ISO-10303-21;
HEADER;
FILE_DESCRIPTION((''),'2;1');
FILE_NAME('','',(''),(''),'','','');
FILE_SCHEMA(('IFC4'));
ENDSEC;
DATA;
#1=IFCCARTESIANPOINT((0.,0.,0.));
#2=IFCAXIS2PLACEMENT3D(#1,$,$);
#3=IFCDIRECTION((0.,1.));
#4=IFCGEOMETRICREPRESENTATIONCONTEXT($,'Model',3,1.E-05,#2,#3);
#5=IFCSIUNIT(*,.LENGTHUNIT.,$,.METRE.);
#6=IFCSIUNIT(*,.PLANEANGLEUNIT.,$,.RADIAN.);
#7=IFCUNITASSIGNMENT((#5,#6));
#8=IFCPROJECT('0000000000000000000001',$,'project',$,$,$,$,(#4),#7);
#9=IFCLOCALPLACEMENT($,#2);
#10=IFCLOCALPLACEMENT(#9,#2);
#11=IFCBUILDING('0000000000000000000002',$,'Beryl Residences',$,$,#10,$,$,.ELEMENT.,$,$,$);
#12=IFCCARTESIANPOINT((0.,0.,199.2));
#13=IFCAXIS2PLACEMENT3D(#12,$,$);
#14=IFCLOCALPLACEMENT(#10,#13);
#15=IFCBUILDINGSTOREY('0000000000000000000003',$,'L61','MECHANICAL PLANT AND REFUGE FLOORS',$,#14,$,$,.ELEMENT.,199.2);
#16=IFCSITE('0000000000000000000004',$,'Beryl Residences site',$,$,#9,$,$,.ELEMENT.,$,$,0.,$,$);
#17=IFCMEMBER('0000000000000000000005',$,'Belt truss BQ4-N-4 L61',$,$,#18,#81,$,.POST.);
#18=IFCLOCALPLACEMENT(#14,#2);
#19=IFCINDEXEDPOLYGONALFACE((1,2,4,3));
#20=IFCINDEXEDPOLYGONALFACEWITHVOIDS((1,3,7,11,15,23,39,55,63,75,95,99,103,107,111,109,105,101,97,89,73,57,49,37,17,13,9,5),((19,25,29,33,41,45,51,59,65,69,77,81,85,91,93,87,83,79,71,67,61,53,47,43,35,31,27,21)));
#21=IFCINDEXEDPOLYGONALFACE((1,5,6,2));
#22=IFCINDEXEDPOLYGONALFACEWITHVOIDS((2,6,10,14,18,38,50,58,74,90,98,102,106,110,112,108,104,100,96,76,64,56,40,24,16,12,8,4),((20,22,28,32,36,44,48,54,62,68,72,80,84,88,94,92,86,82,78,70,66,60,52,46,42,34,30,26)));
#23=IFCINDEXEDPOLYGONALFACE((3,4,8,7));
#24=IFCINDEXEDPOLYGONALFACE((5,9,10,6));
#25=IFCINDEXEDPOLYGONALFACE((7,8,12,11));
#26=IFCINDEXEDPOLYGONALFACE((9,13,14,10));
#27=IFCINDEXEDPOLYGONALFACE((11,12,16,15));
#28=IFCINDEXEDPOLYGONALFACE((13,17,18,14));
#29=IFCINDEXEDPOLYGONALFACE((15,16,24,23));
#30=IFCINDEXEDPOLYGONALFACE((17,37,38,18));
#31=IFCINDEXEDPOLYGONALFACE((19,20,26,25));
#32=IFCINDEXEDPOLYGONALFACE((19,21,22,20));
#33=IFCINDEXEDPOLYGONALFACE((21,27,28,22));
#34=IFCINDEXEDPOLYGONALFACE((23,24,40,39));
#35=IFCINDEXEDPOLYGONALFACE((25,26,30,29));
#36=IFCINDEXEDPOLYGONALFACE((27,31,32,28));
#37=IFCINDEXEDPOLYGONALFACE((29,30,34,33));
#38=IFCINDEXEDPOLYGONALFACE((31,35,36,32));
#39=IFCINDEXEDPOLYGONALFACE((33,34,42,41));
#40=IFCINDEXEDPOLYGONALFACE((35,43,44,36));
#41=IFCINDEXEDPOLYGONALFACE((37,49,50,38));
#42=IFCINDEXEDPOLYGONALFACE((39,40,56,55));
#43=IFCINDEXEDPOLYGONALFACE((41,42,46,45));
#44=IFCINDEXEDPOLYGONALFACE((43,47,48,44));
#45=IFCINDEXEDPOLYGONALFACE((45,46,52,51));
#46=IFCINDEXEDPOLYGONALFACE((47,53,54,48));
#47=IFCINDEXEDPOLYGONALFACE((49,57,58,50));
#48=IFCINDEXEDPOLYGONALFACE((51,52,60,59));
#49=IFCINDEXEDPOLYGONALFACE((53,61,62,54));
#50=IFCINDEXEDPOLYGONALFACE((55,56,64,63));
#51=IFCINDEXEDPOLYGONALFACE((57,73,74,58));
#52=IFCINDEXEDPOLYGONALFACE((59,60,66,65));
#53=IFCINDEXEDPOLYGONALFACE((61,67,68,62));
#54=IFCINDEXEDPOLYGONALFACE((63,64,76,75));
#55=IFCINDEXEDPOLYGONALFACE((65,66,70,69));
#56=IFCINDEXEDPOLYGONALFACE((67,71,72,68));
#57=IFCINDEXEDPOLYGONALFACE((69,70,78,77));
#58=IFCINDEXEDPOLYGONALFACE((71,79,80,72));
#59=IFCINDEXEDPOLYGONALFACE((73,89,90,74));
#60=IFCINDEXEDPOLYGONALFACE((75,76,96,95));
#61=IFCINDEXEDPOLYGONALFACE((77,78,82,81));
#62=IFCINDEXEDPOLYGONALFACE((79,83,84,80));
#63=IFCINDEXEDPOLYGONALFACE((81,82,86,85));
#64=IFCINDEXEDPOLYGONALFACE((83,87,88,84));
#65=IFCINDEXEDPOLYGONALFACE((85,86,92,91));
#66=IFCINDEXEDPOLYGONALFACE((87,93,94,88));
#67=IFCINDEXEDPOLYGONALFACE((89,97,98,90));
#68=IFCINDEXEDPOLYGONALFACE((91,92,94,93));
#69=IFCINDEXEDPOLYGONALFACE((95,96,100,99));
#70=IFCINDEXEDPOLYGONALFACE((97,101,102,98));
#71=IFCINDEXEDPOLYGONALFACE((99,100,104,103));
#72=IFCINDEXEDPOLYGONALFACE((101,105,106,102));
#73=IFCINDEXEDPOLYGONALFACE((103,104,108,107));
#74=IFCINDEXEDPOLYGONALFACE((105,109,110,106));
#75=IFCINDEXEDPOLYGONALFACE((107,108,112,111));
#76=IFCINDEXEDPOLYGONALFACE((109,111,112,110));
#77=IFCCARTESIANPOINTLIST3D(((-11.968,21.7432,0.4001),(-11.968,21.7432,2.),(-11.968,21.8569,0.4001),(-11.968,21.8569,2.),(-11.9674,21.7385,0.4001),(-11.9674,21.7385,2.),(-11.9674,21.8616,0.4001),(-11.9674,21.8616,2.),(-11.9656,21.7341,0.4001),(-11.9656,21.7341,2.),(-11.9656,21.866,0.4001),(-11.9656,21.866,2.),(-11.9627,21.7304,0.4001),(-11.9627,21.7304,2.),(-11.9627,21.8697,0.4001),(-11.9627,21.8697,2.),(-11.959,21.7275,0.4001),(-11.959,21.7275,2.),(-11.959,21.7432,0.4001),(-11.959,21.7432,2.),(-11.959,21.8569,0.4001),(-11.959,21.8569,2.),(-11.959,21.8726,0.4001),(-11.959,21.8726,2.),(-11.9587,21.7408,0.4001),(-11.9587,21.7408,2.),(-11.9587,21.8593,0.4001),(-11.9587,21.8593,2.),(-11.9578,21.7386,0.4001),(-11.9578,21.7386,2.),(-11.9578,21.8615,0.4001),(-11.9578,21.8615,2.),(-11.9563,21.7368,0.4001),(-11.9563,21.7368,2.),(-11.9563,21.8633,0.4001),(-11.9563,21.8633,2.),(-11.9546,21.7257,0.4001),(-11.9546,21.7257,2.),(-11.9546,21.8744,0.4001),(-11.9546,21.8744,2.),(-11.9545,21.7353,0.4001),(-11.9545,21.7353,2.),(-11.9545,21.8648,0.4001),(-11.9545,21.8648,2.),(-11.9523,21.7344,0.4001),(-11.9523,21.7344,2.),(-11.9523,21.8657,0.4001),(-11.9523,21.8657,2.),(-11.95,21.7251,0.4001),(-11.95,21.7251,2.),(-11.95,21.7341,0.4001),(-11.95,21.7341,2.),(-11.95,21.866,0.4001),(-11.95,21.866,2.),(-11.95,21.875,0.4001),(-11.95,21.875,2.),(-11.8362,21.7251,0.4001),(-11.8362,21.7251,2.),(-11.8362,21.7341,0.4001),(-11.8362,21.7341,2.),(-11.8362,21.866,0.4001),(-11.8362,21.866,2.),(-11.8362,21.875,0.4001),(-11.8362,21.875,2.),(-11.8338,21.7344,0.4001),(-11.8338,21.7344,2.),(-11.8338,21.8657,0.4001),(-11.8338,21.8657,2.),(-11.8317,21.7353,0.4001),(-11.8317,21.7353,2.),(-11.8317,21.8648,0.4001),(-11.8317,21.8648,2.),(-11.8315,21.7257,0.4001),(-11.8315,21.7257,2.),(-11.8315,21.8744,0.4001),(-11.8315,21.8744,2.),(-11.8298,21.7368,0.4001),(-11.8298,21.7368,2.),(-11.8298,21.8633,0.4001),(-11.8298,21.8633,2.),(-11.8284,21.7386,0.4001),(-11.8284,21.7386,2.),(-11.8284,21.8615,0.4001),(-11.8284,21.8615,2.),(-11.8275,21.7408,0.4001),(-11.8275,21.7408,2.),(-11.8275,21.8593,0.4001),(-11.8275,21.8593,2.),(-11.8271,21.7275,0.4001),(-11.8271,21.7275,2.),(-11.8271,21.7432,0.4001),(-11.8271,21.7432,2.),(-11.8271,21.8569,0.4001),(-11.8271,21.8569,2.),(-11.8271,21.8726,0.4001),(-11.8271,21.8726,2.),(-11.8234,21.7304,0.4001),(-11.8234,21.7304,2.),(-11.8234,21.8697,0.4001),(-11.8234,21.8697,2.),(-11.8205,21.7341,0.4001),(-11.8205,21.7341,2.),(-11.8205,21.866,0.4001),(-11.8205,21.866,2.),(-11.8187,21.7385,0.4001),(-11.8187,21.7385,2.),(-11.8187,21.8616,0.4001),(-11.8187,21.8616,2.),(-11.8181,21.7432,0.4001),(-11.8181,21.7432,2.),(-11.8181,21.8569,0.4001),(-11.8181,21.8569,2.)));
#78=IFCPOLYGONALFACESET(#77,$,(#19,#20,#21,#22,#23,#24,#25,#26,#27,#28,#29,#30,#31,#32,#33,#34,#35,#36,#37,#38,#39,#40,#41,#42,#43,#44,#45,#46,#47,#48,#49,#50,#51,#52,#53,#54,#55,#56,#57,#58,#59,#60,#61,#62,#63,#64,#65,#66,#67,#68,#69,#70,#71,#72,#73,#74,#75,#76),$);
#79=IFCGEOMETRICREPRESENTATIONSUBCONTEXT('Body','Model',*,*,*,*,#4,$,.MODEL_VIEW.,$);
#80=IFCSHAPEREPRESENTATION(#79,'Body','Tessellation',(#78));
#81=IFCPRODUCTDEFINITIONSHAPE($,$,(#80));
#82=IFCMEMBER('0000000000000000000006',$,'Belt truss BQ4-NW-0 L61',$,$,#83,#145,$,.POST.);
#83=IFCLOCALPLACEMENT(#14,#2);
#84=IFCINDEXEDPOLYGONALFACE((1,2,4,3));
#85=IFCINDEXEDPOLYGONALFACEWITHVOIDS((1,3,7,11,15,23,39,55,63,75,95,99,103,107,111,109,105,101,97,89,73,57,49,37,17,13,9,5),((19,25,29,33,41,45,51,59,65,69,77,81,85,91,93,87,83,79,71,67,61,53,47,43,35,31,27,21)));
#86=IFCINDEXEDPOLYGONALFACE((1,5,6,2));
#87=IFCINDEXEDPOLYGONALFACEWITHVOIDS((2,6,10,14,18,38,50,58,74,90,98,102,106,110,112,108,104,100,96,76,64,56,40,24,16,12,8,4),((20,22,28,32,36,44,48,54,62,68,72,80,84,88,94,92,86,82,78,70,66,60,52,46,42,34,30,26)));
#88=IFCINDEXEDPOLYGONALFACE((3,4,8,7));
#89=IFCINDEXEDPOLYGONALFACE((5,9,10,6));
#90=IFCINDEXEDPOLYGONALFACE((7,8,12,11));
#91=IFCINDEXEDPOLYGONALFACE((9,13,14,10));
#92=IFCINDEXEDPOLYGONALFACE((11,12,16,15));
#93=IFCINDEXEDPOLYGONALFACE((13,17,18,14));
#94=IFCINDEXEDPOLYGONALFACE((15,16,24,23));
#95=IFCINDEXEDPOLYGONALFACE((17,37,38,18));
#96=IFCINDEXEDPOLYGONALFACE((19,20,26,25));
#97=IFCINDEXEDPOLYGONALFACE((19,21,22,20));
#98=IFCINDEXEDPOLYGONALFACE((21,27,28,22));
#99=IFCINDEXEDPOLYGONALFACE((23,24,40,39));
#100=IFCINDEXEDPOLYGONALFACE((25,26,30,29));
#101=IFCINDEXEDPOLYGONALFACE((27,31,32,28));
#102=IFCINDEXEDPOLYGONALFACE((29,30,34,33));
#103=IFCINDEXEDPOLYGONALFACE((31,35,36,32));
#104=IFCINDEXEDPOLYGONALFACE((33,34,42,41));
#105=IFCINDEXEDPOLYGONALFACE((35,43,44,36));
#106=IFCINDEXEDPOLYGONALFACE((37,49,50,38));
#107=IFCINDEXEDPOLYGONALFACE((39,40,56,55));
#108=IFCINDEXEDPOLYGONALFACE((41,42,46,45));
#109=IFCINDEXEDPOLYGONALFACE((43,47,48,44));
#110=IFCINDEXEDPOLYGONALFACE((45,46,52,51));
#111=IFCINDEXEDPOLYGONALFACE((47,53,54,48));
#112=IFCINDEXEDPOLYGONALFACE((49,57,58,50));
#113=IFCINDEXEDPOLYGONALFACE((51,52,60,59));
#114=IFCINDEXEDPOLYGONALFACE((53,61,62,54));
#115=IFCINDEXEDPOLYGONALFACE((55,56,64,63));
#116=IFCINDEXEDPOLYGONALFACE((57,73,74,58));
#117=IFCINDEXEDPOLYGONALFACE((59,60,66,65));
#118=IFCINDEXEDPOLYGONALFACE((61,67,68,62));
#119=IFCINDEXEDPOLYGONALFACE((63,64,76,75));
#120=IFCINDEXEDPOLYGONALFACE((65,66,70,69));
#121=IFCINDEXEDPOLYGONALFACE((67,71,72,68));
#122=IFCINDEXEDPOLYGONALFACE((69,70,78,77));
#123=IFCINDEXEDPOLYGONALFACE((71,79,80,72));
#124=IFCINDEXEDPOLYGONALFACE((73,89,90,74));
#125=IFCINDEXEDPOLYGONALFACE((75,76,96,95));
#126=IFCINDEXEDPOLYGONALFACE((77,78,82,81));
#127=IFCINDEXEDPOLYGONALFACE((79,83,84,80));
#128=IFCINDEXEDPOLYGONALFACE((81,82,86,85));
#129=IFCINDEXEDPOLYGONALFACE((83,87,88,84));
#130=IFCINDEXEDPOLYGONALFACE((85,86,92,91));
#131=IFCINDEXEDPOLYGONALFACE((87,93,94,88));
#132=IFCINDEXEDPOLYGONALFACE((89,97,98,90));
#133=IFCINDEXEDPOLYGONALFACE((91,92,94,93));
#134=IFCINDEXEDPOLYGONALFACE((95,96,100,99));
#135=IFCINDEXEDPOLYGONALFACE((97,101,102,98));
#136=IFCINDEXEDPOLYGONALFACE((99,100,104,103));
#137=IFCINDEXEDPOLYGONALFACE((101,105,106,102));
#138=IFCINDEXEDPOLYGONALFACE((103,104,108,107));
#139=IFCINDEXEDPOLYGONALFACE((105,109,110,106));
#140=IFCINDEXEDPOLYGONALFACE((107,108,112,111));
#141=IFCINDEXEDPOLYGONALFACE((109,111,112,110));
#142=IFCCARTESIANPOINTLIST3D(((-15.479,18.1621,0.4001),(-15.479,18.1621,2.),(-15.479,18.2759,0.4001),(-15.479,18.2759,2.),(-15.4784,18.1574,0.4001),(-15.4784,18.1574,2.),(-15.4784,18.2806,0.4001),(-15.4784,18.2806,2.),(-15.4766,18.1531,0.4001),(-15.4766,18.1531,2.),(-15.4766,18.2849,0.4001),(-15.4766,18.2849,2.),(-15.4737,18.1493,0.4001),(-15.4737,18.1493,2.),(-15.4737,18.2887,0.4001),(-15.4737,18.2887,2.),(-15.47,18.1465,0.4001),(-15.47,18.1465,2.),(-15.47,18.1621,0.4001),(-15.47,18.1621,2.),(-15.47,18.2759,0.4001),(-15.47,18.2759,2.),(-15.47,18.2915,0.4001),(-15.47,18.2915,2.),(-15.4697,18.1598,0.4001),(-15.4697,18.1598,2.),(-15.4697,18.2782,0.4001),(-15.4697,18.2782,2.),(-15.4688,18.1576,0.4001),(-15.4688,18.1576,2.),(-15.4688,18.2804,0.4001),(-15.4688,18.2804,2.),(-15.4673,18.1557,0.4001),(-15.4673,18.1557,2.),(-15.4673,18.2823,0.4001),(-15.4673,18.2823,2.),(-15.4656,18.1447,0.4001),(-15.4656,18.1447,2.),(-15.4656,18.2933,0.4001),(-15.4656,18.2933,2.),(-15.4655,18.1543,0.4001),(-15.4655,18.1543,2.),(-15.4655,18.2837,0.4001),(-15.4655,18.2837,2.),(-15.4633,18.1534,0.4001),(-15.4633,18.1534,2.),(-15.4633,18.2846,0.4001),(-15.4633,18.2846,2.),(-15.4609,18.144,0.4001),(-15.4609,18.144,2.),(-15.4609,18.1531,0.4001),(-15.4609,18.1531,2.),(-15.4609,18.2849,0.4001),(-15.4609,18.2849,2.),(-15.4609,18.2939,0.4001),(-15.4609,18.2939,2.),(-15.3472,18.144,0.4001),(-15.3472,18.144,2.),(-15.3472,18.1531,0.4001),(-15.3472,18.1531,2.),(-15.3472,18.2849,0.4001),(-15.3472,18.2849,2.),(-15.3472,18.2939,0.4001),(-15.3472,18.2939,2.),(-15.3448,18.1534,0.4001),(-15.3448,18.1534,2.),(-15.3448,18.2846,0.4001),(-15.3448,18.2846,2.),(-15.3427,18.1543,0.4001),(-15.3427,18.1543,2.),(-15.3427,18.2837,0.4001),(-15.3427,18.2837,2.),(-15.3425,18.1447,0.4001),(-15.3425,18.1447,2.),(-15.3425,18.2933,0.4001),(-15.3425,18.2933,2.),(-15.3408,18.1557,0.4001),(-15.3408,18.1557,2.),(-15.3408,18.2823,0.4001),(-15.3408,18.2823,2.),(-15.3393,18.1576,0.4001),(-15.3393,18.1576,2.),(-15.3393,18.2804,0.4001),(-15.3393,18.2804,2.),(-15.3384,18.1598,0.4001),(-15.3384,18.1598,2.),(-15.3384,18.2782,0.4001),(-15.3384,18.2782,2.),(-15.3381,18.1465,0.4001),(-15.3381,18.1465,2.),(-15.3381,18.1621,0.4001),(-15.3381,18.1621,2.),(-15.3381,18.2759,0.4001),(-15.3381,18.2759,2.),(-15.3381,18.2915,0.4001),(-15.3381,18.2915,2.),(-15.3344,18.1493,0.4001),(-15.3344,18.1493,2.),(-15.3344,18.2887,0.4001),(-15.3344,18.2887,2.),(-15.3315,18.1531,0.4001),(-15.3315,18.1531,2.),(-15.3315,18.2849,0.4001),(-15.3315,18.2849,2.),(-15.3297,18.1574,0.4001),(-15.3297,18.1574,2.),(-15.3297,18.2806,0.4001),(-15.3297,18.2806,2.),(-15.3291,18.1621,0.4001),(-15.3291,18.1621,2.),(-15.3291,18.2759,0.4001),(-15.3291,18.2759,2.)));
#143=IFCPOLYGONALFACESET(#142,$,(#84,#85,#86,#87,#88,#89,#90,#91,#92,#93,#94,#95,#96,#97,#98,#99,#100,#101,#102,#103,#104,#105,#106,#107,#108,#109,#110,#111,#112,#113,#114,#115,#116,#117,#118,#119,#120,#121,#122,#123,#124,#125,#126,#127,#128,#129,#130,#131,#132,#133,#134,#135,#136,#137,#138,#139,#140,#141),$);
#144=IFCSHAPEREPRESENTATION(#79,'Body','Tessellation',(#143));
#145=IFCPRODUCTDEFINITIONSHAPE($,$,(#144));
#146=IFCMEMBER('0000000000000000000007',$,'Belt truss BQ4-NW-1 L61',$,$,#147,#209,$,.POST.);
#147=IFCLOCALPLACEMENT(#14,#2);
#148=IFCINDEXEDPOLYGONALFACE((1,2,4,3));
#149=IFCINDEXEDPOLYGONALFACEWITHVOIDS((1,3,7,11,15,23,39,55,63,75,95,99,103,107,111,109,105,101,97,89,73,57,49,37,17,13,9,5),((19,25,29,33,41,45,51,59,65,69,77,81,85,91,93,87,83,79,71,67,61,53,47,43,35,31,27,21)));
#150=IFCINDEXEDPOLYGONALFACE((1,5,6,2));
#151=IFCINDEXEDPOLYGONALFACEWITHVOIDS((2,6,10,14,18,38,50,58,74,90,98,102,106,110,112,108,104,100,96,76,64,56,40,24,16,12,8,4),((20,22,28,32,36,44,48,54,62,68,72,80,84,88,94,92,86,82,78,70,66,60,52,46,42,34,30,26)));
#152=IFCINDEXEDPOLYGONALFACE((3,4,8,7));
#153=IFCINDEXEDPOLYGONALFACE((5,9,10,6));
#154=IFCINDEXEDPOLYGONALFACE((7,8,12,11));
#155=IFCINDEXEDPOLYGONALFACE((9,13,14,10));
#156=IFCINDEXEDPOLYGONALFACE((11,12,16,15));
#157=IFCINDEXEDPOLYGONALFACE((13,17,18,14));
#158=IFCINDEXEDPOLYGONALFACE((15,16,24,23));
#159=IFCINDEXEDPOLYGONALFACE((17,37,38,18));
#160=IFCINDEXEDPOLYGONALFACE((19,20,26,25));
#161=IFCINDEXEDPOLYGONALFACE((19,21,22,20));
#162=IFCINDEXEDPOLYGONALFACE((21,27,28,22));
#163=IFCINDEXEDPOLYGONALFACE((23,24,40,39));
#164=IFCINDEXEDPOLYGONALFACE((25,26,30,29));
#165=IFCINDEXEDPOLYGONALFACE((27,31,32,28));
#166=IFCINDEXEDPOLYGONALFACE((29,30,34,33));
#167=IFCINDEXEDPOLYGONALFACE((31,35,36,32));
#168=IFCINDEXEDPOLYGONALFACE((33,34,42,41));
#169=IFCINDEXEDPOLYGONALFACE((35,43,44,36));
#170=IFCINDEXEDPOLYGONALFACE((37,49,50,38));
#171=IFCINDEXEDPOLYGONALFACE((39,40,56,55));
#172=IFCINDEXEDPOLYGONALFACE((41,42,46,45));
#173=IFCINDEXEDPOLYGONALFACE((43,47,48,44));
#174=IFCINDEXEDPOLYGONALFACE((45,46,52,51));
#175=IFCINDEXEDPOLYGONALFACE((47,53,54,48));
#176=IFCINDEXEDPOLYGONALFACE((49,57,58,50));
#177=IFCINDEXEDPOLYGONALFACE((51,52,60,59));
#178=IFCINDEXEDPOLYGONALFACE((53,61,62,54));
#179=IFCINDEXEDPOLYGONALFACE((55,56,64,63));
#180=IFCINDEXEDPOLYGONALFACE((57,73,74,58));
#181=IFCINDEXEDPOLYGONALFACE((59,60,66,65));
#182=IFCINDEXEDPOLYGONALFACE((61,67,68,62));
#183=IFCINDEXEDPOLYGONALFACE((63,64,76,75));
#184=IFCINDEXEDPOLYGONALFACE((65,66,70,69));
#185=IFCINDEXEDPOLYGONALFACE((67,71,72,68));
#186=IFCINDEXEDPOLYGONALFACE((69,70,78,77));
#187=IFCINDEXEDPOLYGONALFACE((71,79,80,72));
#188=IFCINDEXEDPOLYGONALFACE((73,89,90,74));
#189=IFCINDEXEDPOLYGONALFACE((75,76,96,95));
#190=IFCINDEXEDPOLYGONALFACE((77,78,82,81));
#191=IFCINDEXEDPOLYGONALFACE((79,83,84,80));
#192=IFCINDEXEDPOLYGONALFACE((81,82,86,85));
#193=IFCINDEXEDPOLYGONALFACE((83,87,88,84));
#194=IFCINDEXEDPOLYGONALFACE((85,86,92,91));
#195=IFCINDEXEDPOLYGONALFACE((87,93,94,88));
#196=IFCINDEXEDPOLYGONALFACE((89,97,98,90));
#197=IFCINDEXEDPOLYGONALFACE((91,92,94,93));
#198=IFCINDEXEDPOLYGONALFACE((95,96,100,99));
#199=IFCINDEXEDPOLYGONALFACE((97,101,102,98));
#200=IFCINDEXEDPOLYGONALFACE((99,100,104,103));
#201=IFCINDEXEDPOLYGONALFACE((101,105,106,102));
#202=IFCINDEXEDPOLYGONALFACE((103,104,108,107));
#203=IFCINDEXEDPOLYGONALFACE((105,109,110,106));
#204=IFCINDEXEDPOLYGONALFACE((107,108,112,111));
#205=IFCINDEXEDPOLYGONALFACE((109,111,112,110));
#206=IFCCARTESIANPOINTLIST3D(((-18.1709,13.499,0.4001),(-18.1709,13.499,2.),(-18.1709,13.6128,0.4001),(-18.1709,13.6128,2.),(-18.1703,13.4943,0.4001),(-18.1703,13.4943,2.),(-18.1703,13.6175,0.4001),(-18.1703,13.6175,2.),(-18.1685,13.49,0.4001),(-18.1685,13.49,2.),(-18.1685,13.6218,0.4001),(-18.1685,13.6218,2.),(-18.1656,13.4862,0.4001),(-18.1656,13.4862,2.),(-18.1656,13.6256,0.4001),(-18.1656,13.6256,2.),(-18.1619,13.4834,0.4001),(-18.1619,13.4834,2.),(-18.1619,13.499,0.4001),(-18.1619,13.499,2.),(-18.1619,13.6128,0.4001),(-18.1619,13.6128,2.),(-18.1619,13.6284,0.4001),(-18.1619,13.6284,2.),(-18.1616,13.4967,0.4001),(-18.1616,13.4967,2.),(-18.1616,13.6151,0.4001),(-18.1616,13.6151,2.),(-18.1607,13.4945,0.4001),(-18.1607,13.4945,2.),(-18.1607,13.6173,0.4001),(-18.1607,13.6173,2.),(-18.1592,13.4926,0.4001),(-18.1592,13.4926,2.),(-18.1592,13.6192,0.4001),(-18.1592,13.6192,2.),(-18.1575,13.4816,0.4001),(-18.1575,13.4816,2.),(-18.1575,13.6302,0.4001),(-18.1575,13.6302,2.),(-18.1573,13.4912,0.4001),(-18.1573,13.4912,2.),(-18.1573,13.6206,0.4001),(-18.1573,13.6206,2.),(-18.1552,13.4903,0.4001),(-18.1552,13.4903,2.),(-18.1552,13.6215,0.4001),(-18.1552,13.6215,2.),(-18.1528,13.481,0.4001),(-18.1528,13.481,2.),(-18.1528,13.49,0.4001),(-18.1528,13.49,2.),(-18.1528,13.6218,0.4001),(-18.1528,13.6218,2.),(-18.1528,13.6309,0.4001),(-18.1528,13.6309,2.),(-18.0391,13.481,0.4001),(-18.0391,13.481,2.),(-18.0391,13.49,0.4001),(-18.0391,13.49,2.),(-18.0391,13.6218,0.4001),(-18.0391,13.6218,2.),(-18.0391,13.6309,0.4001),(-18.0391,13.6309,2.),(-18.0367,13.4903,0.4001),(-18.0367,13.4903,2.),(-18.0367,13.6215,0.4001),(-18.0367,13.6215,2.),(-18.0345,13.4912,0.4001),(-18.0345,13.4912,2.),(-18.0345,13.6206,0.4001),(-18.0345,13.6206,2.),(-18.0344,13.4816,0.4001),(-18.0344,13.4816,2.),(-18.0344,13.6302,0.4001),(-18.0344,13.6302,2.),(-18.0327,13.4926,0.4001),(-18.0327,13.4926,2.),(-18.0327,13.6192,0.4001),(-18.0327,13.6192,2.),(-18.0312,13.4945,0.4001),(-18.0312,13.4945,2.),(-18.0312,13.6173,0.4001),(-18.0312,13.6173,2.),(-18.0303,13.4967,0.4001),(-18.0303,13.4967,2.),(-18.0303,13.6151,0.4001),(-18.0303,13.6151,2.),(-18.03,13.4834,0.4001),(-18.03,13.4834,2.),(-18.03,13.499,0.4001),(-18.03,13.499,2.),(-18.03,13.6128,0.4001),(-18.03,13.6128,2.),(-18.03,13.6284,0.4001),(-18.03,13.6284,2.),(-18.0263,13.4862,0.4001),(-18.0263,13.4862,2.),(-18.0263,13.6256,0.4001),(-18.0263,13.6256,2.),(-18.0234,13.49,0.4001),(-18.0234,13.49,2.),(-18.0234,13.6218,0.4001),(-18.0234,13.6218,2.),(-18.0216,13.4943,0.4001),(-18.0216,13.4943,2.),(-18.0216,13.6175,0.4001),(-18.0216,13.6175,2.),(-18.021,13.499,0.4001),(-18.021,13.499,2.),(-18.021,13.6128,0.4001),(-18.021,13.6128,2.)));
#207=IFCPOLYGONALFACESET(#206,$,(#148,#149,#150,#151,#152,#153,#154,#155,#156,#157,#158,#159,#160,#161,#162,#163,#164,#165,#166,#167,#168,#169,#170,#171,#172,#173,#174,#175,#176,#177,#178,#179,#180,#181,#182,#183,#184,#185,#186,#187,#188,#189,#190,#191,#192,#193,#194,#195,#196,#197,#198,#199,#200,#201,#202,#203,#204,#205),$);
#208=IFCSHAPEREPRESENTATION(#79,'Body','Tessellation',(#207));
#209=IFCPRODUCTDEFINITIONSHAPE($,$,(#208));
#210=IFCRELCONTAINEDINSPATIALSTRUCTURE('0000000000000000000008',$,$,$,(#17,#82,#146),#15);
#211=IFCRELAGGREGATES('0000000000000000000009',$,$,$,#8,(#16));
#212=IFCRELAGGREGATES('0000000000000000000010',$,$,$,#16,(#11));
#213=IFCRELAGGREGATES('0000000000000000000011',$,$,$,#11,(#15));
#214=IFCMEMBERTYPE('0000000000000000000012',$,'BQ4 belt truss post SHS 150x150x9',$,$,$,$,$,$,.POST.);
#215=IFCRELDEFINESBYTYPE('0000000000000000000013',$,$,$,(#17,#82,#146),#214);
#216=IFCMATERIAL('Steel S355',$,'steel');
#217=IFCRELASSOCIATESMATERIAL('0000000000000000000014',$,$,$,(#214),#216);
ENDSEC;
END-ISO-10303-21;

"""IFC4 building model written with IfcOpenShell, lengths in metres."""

from ifc_helpers import new_model, si_unit, direction, frame, origin, origin_2d, place, context, subcontext, project, spatial, hollow_rectangle, extrude, material, material_profile, profile_set, type_object, element, save


model = new_model("IFC4")

# Units and contexts
model_context = context("Model", 3, precision=1e-05, world=origin(), true_north=direction((0.0, 1.0)))
body_context = subcontext(model_context, "Body", "Model", "MODEL_VIEW")
ifc_project = project(units=[si_unit("LENGTHUNIT", "METRE"), si_unit("PLANEANGLEUNIT", "RADIAN")], contexts=[model_context])

# Site, building, storey
site_placement = place(None, origin())
site = spatial("IfcSite", under=ifc_project, at=site_placement, Name="Beryl Residences site", CompositionType="ELEMENT", RefElevation=0.0)
building_placement = place(site_placement, origin())
building = spatial("IfcBuilding", under=site, at=building_placement, Name="Beryl Residences", CompositionType="ELEMENT")
storey_placement = place(building_placement, frame((0.0, 0.0, 199.2)))
storey = spatial("IfcBuildingStorey", under=building, at=storey_placement, Name="L61", Description="MECHANICAL PLANT AND REFUGE FLOORS", CompositionType="ELEMENT", Elevation=199.2)

# Members
ifc_material_1 = material(Name="Steel S355", Category="steel")
ifc_material_profile_1 = material_profile(ifc_material_1, hollow_rectangle(XDim=0.1499, YDim=0.1499, WallThickness=0.009, InnerFilletRadius=0.009, OuterFilletRadius=0.0181, at=origin_2d()))
ifc_profile_set_1 = profile_set([ifc_material_profile_1], Name="Steel S355")
member_type_1 = type_object("IfcMemberType", Name="BQ4 belt truss post SHS 150x150x9", PredefinedType="POST", material=ifc_profile_set_1)
for number, where, z_axis, x_axis, name in (
    (1, (-11.8931, 21.8, 0.4001), (0.0, 0.0, 1.0), (1.0, 0.0, 0.0), "Belt truss BQ4-N-4 L61"),
    (2, (-15.4041, 18.219, 0.4001), (0.0, 0.0, 1.0), (1.0, 0.0, 0.0), "Belt truss BQ4-NW-0 L61"),
    (3, (-18.0959, 13.5559, 0.4001), (0.0, 0.0, 1.0), (1.0, 0.0, 0.0), "Belt truss BQ4-NW-1 L61"),
):
    element("IfcMember", number, at=place(storey_placement, frame(where, z_axis=z_axis, x_axis=x_axis)), inside=storey, type_object=member_type_1, Name=name, PredefinedType="POST", context=body_context, shape_type="SweptSolid", body=[
        extrude(hollow_rectangle(XDim=0.1499, YDim=0.1499, WallThickness=0.009, InnerFilletRadius=0.009, OuterFilletRadius=0.0181, at=origin_2d()), origin(), (0.0, 0.0, 1.0), 1.5999),
    ])

save(model, "model.ifc")
